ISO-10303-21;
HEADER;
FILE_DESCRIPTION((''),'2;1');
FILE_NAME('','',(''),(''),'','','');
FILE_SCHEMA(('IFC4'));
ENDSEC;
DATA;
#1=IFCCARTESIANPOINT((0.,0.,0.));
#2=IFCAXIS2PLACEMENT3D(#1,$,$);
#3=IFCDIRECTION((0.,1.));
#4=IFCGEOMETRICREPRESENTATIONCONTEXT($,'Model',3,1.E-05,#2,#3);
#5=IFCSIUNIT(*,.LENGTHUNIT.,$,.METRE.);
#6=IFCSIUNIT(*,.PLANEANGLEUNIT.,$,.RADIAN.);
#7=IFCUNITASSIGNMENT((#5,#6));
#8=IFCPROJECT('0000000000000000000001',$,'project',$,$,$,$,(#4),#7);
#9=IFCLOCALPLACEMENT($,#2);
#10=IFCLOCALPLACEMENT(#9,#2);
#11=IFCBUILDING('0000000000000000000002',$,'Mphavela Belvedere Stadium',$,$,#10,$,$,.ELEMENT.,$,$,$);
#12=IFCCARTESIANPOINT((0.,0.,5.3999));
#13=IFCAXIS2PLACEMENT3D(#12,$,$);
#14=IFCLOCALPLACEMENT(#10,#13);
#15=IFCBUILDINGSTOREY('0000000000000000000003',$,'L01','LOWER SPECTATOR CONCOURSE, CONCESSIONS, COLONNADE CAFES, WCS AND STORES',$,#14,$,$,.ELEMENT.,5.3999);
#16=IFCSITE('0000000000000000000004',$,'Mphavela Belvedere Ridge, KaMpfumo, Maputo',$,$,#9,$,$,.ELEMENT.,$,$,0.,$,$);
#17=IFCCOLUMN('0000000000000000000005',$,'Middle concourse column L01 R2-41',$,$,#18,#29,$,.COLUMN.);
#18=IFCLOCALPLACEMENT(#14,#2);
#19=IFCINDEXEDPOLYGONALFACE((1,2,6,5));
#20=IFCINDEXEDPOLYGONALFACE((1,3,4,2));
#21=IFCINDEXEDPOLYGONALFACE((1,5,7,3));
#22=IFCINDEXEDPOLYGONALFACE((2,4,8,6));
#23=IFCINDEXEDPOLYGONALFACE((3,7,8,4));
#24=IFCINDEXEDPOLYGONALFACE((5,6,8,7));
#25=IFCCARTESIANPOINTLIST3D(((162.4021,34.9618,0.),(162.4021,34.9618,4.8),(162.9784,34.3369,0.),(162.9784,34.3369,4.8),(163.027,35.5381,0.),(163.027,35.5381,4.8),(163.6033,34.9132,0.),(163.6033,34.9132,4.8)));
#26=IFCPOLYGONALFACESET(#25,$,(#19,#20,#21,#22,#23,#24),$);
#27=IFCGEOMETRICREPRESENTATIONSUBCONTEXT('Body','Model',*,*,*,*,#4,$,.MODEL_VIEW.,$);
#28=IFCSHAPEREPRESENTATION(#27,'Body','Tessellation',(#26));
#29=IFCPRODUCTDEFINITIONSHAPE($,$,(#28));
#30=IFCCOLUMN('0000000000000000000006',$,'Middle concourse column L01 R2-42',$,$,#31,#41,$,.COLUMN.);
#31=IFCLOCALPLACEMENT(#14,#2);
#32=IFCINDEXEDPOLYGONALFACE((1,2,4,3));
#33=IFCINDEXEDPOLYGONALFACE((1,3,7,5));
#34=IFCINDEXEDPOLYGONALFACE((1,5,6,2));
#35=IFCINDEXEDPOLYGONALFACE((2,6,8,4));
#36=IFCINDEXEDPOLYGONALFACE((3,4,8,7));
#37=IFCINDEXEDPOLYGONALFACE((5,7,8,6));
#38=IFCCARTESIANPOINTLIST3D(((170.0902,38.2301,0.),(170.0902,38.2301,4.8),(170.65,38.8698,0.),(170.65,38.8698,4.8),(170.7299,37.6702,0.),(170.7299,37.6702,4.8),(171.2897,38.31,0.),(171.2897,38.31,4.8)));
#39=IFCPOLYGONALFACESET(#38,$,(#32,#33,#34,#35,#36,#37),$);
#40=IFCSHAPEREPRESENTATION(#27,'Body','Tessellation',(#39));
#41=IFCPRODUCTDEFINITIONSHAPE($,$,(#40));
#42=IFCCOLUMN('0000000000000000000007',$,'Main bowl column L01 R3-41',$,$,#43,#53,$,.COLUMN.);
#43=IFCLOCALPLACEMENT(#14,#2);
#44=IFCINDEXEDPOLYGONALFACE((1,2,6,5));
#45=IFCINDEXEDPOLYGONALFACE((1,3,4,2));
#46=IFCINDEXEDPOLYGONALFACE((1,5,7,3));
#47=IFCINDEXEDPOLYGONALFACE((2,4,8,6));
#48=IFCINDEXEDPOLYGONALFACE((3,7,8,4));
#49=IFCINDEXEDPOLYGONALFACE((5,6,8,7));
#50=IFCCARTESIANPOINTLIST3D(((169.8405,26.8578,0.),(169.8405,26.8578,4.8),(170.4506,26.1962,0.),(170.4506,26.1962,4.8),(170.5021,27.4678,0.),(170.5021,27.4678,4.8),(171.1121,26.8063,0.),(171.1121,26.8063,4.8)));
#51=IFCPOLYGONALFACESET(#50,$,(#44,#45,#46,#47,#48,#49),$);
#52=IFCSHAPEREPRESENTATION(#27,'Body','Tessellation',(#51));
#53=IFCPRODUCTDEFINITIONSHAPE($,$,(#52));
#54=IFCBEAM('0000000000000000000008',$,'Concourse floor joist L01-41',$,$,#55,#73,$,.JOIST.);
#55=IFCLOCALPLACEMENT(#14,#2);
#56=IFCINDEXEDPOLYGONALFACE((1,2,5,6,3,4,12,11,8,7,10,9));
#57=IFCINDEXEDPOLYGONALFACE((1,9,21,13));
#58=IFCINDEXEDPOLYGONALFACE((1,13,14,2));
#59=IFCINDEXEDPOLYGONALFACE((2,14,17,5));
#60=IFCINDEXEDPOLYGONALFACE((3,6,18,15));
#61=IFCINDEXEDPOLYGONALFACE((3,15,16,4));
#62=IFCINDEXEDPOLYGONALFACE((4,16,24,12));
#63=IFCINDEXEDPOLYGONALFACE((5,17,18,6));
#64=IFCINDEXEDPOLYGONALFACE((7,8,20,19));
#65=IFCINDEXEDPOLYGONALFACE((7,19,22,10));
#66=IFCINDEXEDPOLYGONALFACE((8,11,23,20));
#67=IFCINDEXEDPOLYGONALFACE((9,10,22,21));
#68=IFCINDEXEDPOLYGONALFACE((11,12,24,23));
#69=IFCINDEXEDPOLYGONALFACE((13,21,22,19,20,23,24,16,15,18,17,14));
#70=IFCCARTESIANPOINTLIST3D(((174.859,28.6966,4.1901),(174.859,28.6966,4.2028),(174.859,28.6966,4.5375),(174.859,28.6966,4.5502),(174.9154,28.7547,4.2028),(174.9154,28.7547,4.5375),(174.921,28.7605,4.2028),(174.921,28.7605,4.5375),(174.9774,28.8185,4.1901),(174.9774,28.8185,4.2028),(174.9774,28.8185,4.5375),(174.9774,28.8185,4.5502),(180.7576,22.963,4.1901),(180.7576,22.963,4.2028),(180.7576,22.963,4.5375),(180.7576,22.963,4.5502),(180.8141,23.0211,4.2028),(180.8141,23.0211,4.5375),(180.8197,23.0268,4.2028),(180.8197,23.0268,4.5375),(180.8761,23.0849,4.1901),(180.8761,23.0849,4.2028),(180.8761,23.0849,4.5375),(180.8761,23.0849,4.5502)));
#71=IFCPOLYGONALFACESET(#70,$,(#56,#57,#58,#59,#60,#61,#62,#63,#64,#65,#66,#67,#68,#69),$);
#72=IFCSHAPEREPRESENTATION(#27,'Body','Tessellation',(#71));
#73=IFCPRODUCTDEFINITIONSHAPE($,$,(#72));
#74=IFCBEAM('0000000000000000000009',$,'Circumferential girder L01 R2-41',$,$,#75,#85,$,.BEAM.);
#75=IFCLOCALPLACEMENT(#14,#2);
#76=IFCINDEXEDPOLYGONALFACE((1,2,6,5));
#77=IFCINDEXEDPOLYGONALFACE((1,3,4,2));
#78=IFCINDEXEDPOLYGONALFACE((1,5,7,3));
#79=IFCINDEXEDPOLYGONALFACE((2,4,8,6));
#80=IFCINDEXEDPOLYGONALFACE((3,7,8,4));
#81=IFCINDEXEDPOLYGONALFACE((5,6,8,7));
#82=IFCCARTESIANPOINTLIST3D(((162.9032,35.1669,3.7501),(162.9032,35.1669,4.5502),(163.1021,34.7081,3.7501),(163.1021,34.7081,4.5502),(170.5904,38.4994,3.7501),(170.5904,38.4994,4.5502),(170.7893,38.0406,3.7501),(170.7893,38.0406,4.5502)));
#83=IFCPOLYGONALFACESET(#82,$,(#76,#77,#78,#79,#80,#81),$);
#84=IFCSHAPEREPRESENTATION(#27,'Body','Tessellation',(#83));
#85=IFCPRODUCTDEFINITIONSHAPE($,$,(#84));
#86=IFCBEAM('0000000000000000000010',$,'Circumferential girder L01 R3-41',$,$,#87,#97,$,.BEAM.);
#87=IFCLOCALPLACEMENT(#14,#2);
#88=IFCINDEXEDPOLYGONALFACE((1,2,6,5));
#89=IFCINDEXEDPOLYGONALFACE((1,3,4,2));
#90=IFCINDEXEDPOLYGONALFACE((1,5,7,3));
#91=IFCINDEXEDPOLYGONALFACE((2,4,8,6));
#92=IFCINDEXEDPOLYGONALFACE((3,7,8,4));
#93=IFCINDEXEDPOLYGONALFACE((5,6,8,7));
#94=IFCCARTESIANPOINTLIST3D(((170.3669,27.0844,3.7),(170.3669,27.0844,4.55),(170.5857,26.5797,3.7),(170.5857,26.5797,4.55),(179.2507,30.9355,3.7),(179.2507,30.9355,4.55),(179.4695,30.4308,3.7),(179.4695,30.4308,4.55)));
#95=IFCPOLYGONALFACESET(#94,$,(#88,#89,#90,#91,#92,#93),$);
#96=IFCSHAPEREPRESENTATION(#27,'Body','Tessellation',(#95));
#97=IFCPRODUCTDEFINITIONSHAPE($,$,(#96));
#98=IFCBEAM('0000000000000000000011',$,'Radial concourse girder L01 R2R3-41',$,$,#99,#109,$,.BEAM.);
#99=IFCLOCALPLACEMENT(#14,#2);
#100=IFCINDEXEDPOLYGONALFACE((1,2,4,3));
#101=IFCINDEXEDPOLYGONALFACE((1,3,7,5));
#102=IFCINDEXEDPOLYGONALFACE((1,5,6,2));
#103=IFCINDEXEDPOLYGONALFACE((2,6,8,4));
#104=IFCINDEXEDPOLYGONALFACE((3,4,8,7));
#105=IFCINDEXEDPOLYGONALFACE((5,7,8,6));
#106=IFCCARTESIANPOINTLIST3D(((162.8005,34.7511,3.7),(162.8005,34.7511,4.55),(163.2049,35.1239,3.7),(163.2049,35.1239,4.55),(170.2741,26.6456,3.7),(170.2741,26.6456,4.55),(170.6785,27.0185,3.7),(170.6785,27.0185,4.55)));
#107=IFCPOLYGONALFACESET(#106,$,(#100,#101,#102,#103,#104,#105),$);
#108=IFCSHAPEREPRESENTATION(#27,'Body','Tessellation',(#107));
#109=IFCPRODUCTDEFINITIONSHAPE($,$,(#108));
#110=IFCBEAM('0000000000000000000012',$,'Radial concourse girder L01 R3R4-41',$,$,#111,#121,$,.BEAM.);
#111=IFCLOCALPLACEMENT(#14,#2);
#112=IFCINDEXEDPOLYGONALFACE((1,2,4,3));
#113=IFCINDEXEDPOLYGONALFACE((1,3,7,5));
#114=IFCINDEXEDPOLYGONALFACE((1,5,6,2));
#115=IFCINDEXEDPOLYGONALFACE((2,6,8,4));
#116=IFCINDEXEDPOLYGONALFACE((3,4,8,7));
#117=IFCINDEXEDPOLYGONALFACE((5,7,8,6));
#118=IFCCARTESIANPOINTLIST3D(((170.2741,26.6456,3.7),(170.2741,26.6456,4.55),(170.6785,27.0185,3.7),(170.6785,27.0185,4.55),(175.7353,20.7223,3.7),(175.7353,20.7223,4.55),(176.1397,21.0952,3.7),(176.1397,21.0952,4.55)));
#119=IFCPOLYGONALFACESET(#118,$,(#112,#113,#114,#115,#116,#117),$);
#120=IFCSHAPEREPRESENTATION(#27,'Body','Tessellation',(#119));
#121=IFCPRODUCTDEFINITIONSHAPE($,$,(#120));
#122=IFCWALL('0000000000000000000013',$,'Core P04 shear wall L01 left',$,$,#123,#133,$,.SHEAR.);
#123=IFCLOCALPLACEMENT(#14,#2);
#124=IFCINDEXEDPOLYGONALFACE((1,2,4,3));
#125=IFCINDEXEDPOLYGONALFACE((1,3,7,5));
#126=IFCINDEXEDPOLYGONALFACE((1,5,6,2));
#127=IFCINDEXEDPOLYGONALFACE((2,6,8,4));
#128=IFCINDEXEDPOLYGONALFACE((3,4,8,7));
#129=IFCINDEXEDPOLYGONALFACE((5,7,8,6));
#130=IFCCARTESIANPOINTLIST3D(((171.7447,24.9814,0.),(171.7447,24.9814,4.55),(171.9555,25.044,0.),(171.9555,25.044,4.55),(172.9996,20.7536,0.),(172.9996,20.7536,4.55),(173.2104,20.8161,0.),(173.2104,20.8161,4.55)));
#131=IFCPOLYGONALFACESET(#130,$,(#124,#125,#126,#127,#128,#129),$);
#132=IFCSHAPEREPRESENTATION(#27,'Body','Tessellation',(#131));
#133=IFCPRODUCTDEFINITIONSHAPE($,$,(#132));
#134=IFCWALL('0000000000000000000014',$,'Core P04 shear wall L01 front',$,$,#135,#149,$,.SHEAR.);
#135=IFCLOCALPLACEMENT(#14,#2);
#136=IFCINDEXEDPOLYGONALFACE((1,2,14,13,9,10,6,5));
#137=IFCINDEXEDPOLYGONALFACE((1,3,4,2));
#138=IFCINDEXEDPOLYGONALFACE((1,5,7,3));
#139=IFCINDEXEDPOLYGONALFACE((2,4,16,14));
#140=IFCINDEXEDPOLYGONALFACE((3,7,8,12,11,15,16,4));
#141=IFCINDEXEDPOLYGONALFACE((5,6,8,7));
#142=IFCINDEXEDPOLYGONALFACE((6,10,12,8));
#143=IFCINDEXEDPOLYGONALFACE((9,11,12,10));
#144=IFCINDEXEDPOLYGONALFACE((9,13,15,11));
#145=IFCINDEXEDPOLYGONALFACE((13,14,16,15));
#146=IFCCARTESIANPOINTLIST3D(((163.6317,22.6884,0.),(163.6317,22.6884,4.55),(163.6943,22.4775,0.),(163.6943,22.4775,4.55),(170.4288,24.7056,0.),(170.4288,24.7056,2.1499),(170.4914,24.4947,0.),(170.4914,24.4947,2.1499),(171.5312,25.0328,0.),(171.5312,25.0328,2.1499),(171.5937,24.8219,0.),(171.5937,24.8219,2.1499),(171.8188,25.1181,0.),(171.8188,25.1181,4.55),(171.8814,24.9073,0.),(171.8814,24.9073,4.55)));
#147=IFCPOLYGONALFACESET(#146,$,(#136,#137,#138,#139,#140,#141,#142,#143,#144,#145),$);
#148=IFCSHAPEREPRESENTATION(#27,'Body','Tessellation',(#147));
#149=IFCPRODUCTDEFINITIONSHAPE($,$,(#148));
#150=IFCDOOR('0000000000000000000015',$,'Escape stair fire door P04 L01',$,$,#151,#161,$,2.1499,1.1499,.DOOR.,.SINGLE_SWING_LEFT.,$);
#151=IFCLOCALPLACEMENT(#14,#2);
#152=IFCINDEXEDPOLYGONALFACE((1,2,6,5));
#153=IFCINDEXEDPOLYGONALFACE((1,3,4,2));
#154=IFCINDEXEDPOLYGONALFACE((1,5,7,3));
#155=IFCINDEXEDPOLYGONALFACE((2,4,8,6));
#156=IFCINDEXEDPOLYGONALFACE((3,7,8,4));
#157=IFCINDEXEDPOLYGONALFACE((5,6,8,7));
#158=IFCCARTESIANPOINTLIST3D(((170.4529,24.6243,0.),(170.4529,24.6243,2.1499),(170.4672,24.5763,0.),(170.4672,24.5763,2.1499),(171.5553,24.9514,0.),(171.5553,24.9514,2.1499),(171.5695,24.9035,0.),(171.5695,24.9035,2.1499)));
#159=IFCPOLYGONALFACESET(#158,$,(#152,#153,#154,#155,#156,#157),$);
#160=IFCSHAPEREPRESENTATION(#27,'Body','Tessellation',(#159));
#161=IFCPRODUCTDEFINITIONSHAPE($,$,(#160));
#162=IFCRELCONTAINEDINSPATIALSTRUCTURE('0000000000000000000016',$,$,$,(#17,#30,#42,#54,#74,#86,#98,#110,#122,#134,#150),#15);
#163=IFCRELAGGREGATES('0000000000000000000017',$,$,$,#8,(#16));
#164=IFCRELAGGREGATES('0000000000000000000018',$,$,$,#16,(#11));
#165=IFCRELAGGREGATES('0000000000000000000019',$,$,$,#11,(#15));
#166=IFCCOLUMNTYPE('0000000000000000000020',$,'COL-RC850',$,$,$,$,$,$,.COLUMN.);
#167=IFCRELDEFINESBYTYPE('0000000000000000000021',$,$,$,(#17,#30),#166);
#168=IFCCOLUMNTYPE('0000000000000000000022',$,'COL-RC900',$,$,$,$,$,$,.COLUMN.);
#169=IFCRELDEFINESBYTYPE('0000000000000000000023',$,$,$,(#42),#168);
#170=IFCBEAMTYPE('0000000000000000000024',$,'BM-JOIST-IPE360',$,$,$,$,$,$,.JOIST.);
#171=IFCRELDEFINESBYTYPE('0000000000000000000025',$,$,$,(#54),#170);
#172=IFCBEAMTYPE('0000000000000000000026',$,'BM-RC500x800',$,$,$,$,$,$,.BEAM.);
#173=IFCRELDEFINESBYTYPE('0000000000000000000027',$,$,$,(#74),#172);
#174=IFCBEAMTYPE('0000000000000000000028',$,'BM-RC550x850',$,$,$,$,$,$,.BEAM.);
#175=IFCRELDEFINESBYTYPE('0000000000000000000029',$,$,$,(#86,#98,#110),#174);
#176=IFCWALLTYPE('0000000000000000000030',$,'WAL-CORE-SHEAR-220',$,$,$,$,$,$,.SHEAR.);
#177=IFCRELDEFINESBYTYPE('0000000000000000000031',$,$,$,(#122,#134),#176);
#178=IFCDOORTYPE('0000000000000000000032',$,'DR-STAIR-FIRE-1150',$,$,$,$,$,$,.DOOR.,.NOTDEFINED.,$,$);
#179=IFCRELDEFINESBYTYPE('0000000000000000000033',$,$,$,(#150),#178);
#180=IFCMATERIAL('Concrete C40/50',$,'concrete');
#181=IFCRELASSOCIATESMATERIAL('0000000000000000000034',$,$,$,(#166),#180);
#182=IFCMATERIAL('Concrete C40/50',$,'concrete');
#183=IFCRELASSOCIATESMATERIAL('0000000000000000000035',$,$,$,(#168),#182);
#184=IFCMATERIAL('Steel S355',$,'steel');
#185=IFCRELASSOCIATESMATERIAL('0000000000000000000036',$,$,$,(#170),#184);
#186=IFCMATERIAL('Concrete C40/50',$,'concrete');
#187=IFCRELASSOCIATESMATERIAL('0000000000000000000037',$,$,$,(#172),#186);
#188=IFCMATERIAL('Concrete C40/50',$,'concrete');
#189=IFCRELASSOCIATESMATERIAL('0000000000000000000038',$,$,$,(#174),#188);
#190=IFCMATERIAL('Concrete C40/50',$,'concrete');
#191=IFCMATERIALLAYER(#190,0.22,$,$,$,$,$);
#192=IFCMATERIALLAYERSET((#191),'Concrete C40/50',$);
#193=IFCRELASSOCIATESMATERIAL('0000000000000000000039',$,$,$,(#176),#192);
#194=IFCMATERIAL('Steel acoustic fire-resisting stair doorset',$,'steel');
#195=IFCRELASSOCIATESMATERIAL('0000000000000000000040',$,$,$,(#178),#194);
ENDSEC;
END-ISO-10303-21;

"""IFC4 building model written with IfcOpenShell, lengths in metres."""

from ifc_helpers import new_model, si_unit, direction, frame, frame_2d, origin, origin_2d, place, context, subcontext, project, spatial, rectangle, i_section, extrude, material, layer, layer_set, material_profile, profile_set, type_object, element, fill, save


model = new_model("IFC4")

# Units and contexts
model_context = context("Model", 3, precision=1e-05, world=origin(), true_north=direction((0.0, 1.0)))
body_context = subcontext(model_context, "Body", "Model", "MODEL_VIEW")
ifc_project = project(units=[si_unit("LENGTHUNIT", "METRE"), si_unit("PLANEANGLEUNIT", "RADIAN")], contexts=[model_context])

# Site, building, storey
site_placement = place(None, origin())
site = spatial("IfcSite", under=ifc_project, at=site_placement, Name="Mphavela Belvedere Ridge, KaMpfumo, Maputo", CompositionType="ELEMENT", RefElevation=0.0)
building_placement = place(site_placement, origin())
building = spatial("IfcBuilding", under=site, at=building_placement, Name="Mphavela Belvedere Stadium", CompositionType="ELEMENT")
storey_placement = place(building_placement, frame((0.0, 0.0, 5.3999)))
storey = spatial("IfcBuildingStorey", under=building, at=storey_placement, Name="L01", Description="LOWER SPECTATOR CONCOURSE, CONCESSIONS, COLONNADE CAFES, WCS AND STORES", CompositionType="ELEMENT", Elevation=5.3999)

# Columns
ifc_material_1 = material(Name="Concrete C40/50", Category="concrete")
ifc_material_profile_1 = material_profile(ifc_material_1, rectangle(XDim=0.8501, YDim=0.8501, at=origin_2d()), Name="RC 850x850")
ifc_profile_set_1 = profile_set([ifc_material_profile_1], Name="Concrete C40/50")
column_type_1 = type_object("IfcColumnType", Name="COL-RC850", PredefinedType="COLUMN", material=ifc_profile_set_1)
for number, where, z_axis, x_axis, name in (
    (1, (163.0027, 34.9375, 0.0), (0.0, 0.0, 1.0), (0.677903, -0.735151, 0.0), "Middle concourse column L01 R2-41"),
    (2, (170.6899, 38.27, 0.0), (0.0, 0.0, 1.0), (0.75253, -0.658558, 0.0), "Middle concourse column L01 R2-42"),
):
    element("IfcColumn", number, at=place(storey_placement, frame(where, z_axis=z_axis, x_axis=x_axis)), inside=storey, type_object=column_type_1, Name=name, PredefinedType="COLUMN", context=body_context, shape_type="SweptSolid", body=[
        extrude(rectangle(XDim=0.8501, YDim=0.8501, at=origin_2d()), origin(), (0.0, 0.0, 1.0), 4.8),
    ])
ifc_material_2 = material(Name="Concrete C40/50", Category="concrete")
ifc_material_profile_2 = material_profile(ifc_material_2, rectangle(XDim=0.8999, YDim=0.8999, at=origin_2d()), Name="RC 900x900")
ifc_profile_set_2 = profile_set([ifc_material_profile_2], Name="Concrete C40/50")
column_type_2 = type_object("IfcColumnType", Name="COL-RC900", PredefinedType="COLUMN", material=ifc_profile_set_2)
column_placement = place(storey_placement, frame((170.4763, 26.832, 0.0), z_axis=(0.0, 0.0, 1.0), x_axis=(0.677903, -0.735151, 0.0)))
element("IfcColumn", 3, at=column_placement, inside=storey, type_object=column_type_2, Name="Main bowl column L01 R3-41", PredefinedType="COLUMN", context=body_context, shape_type="SweptSolid", body=[
    extrude(rectangle(XDim=0.8999, YDim=0.8999, at=origin_2d()), origin(), (0.0, 0.0, 1.0), 4.8),
])

# Beams
ifc_material_3 = material(Name="Steel S355", Category="steel")
ifc_material_profile_3 = material_profile(ifc_material_3, i_section(OverallWidth=0.1699, OverallDepth=0.3601, WebThickness=0.0081, FlangeThickness=0.0127, at=origin_2d()), Name="IPE 360")
ifc_profile_set_3 = profile_set([ifc_material_profile_3], Name="Steel S355")
beam_type_1 = type_object("IfcBeamType", Name="BM-JOIST-IPE360", PredefinedType="JOIST", material=ifc_profile_set_3)
beam_1_placement = place(storey_placement, frame((174.9182, 28.7576, 4.3701), z_axis=(0.717067, -0.697004, 0.0), x_axis=(0.697004, 0.717067, 0.0)))
element("IfcBeam", 4, at=beam_1_placement, inside=storey, type_object=beam_type_1, Name="Concourse floor joist L01-41", PredefinedType="JOIST", context=body_context, shape_type="SweptSolid", body=[
    extrude(i_section(OverallWidth=0.1699, OverallDepth=0.3601, WebThickness=0.0081, FlangeThickness=0.0127, at=origin_2d()), origin(), (0.0, 0.0, 1.0), 8.2261),
])
ifc_material_4 = material(Name="Concrete C40/50", Category="concrete")
ifc_material_profile_4 = material_profile(ifc_material_4, rectangle(XDim=0.5, YDim=0.8, at=origin_2d()), Name="RC 500x800")
ifc_profile_set_4 = profile_set([ifc_material_profile_4], Name="Concrete C40/50")
beam_type_2 = type_object("IfcBeamType", Name="BM-RC500x800", PredefinedType="BEAM", material=ifc_profile_set_4)
beam_2_placement = place(storey_placement, frame((163.0027, 34.9375, 4.1501), z_axis=(0.917496, 0.397746, 0.0), x_axis=(-0.397746, 0.917496, 0.0)))
element("IfcBeam", 5, at=beam_2_placement, inside=storey, type_object=beam_type_2, Name="Circumferential girder L01 R2-41", PredefinedType="BEAM", context=body_context, shape_type="SweptSolid", body=[
    extrude(rectangle(XDim=0.5, YDim=0.8, at=origin_2d()), origin(), (0.0, 0.0, 1.0), 8.3784),
])
ifc_material_5 = material(Name="Concrete C40/50", Category="concrete")
ifc_material_profile_5 = material_profile(ifc_material_5, rectangle(XDim=0.55, YDim=0.8501, at=origin_2d()), Name="RC 550x850")
ifc_profile_set_5 = profile_set([ifc_material_profile_5], Name="Concrete C40/50")
beam_type_3 = type_object("IfcBeamType", Name="BM-RC550x850", PredefinedType="BEAM", material=ifc_profile_set_5)
beam_3_placement = place(storey_placement, frame((170.4763, 26.832, 4.125), z_axis=(0.917502, 0.397732, 0.0), x_axis=(-0.397732, 0.917502, 0.0)))
element("IfcBeam", 6, at=beam_3_placement, inside=storey, type_object=beam_type_3, Name="Circumferential girder L01 R3-41", PredefinedType="BEAM", context=body_context, shape_type="SweptSolid", body=[
    extrude(rectangle(XDim=0.55, YDim=0.8501, at=origin_2d()), origin(), (0.0, 0.0, 1.0), 9.6826),
])
beam_4_placement = place(storey_placement, frame((163.0027, 34.9375, 4.125), z_axis=(0.677872, -0.73518, 0.0), x_axis=(0.73518, 0.677872, 0.0)))
element("IfcBeam", 7, at=beam_4_placement, inside=storey, type_object=beam_type_3, Name="Radial concourse girder L01 R2R3-41", PredefinedType="BEAM", context=body_context, shape_type="SweptSolid", body=[
    extrude(rectangle(XDim=0.55, YDim=0.8501, at=origin_2d()), origin(), (0.0, 0.0, 1.0), 11.0251),
])
beam_5_placement = place(storey_placement, frame((170.4763, 26.832, 4.125), z_axis=(0.677843, -0.735206, 0.0), x_axis=(0.735206, 0.677843, 0.0)))
element("IfcBeam", 8, at=beam_5_placement, inside=storey, type_object=beam_type_3, Name="Radial concourse girder L01 R3R4-41", PredefinedType="BEAM", context=body_context, shape_type="SweptSolid", body=[
    extrude(rectangle(XDim=0.55, YDim=0.8501, at=origin_2d()), origin(), (0.0, 0.0, 1.0), 8.0566),
])

# Wall
ifc_material_6 = material(Name="Concrete C40/50", Category="concrete")
ifc_layer_1 = layer(ifc_material_6, 0.22)
ifc_layer_set_1 = layer_set([ifc_layer_1], Name="Concrete C40/50")
wall_type_1 = type_object("IfcWallType", Name="WAL-CORE-SHEAR-220", PredefinedType="SHEAR", material=ifc_layer_set_1)
wall_1_placement = place(storey_placement, frame((171.8501, 25.0127, 0.0), z_axis=(0.0, 0.0, 1.0), x_axis=(0.284548, -0.958662, 0.0)))
element("IfcWall", 9, at=wall_1_placement, inside=storey, type_object=wall_type_1, Name="Core P04 shear wall L01 left", PredefinedType="SHEAR", context=body_context, shape_type="SweptSolid", body=[
    extrude(rectangle(XDim=4.4102, YDim=0.22, at=frame_2d((2.2051, 0.0))), origin(), (0.0, 0.0, 1.0), 4.55),
])

# Wall, opening, door
wall_2_placement = place(storey_placement, frame((171.8501, 25.0127, 0.0), z_axis=(0.0, 0.0, 1.0), x_axis=(-0.958673, -0.284509, 0.0)))
wall_2 = element("IfcWall", 10, at=wall_2_placement, inside=storey, type_object=wall_type_1, Name="Core P04 shear wall L01 front", PredefinedType="SHEAR", context=body_context, shape_type="SweptSolid", body=[
    extrude(rectangle(XDim=8.54, YDim=0.22, at=frame_2d((4.27, 0.0))), origin(), (0.0, 0.0, 1.0), 4.55),
])
opening_1_placement = place(wall_2_placement, frame((0.3, 0.0, 0.0)))
opening_1 = element("IfcOpeningElement", 11, at=opening_1_placement, cuts=wall_2, PredefinedType="OPENING", context=body_context, shape_type="SweptSolid", body=[
    extrude(rectangle(XDim=1.1499, YDim=2.1499, at=frame_2d((0.575, 1.075))), frame((0.0, 0.1201, 0.0), z_axis=(0.0, -1.0, 0.0), x_axis=(1.0, 0.0, 0.0)), (0.0, 0.0, 1.0), 0.24),
])
ifc_material_7 = material(Name="Steel acoustic fire-resisting stair doorset", Category="steel")
door_type_1 = type_object("IfcDoorType", Name="DR-STAIR-FIRE-1150", OperationType="NOTDEFINED", PredefinedType="DOOR", material=ifc_material_7)
door_1_placement = place(opening_1_placement, origin())
door_1 = element("IfcDoor", 12, at=door_1_placement, inside=storey, type_object=door_type_1, Name="Escape stair fire door P04 L01", OperationType="SINGLE_SWING_LEFT", OverallHeight=2.1499, OverallWidth=1.1499, PredefinedType="DOOR", context=body_context, shape_type="SweptSolid", body=[
    extrude(rectangle(XDim=1.1499, YDim=2.1499, at=frame_2d((0.575, 1.075))), frame((0.0, 0.0249, 0.0), z_axis=(0.0, -1.0, 0.0), x_axis=(1.0, 0.0, 0.0)), (0.0, 0.0, 1.0), 0.05),
])
fill(opening_1, door_1)

save(model, "model.ifc")
